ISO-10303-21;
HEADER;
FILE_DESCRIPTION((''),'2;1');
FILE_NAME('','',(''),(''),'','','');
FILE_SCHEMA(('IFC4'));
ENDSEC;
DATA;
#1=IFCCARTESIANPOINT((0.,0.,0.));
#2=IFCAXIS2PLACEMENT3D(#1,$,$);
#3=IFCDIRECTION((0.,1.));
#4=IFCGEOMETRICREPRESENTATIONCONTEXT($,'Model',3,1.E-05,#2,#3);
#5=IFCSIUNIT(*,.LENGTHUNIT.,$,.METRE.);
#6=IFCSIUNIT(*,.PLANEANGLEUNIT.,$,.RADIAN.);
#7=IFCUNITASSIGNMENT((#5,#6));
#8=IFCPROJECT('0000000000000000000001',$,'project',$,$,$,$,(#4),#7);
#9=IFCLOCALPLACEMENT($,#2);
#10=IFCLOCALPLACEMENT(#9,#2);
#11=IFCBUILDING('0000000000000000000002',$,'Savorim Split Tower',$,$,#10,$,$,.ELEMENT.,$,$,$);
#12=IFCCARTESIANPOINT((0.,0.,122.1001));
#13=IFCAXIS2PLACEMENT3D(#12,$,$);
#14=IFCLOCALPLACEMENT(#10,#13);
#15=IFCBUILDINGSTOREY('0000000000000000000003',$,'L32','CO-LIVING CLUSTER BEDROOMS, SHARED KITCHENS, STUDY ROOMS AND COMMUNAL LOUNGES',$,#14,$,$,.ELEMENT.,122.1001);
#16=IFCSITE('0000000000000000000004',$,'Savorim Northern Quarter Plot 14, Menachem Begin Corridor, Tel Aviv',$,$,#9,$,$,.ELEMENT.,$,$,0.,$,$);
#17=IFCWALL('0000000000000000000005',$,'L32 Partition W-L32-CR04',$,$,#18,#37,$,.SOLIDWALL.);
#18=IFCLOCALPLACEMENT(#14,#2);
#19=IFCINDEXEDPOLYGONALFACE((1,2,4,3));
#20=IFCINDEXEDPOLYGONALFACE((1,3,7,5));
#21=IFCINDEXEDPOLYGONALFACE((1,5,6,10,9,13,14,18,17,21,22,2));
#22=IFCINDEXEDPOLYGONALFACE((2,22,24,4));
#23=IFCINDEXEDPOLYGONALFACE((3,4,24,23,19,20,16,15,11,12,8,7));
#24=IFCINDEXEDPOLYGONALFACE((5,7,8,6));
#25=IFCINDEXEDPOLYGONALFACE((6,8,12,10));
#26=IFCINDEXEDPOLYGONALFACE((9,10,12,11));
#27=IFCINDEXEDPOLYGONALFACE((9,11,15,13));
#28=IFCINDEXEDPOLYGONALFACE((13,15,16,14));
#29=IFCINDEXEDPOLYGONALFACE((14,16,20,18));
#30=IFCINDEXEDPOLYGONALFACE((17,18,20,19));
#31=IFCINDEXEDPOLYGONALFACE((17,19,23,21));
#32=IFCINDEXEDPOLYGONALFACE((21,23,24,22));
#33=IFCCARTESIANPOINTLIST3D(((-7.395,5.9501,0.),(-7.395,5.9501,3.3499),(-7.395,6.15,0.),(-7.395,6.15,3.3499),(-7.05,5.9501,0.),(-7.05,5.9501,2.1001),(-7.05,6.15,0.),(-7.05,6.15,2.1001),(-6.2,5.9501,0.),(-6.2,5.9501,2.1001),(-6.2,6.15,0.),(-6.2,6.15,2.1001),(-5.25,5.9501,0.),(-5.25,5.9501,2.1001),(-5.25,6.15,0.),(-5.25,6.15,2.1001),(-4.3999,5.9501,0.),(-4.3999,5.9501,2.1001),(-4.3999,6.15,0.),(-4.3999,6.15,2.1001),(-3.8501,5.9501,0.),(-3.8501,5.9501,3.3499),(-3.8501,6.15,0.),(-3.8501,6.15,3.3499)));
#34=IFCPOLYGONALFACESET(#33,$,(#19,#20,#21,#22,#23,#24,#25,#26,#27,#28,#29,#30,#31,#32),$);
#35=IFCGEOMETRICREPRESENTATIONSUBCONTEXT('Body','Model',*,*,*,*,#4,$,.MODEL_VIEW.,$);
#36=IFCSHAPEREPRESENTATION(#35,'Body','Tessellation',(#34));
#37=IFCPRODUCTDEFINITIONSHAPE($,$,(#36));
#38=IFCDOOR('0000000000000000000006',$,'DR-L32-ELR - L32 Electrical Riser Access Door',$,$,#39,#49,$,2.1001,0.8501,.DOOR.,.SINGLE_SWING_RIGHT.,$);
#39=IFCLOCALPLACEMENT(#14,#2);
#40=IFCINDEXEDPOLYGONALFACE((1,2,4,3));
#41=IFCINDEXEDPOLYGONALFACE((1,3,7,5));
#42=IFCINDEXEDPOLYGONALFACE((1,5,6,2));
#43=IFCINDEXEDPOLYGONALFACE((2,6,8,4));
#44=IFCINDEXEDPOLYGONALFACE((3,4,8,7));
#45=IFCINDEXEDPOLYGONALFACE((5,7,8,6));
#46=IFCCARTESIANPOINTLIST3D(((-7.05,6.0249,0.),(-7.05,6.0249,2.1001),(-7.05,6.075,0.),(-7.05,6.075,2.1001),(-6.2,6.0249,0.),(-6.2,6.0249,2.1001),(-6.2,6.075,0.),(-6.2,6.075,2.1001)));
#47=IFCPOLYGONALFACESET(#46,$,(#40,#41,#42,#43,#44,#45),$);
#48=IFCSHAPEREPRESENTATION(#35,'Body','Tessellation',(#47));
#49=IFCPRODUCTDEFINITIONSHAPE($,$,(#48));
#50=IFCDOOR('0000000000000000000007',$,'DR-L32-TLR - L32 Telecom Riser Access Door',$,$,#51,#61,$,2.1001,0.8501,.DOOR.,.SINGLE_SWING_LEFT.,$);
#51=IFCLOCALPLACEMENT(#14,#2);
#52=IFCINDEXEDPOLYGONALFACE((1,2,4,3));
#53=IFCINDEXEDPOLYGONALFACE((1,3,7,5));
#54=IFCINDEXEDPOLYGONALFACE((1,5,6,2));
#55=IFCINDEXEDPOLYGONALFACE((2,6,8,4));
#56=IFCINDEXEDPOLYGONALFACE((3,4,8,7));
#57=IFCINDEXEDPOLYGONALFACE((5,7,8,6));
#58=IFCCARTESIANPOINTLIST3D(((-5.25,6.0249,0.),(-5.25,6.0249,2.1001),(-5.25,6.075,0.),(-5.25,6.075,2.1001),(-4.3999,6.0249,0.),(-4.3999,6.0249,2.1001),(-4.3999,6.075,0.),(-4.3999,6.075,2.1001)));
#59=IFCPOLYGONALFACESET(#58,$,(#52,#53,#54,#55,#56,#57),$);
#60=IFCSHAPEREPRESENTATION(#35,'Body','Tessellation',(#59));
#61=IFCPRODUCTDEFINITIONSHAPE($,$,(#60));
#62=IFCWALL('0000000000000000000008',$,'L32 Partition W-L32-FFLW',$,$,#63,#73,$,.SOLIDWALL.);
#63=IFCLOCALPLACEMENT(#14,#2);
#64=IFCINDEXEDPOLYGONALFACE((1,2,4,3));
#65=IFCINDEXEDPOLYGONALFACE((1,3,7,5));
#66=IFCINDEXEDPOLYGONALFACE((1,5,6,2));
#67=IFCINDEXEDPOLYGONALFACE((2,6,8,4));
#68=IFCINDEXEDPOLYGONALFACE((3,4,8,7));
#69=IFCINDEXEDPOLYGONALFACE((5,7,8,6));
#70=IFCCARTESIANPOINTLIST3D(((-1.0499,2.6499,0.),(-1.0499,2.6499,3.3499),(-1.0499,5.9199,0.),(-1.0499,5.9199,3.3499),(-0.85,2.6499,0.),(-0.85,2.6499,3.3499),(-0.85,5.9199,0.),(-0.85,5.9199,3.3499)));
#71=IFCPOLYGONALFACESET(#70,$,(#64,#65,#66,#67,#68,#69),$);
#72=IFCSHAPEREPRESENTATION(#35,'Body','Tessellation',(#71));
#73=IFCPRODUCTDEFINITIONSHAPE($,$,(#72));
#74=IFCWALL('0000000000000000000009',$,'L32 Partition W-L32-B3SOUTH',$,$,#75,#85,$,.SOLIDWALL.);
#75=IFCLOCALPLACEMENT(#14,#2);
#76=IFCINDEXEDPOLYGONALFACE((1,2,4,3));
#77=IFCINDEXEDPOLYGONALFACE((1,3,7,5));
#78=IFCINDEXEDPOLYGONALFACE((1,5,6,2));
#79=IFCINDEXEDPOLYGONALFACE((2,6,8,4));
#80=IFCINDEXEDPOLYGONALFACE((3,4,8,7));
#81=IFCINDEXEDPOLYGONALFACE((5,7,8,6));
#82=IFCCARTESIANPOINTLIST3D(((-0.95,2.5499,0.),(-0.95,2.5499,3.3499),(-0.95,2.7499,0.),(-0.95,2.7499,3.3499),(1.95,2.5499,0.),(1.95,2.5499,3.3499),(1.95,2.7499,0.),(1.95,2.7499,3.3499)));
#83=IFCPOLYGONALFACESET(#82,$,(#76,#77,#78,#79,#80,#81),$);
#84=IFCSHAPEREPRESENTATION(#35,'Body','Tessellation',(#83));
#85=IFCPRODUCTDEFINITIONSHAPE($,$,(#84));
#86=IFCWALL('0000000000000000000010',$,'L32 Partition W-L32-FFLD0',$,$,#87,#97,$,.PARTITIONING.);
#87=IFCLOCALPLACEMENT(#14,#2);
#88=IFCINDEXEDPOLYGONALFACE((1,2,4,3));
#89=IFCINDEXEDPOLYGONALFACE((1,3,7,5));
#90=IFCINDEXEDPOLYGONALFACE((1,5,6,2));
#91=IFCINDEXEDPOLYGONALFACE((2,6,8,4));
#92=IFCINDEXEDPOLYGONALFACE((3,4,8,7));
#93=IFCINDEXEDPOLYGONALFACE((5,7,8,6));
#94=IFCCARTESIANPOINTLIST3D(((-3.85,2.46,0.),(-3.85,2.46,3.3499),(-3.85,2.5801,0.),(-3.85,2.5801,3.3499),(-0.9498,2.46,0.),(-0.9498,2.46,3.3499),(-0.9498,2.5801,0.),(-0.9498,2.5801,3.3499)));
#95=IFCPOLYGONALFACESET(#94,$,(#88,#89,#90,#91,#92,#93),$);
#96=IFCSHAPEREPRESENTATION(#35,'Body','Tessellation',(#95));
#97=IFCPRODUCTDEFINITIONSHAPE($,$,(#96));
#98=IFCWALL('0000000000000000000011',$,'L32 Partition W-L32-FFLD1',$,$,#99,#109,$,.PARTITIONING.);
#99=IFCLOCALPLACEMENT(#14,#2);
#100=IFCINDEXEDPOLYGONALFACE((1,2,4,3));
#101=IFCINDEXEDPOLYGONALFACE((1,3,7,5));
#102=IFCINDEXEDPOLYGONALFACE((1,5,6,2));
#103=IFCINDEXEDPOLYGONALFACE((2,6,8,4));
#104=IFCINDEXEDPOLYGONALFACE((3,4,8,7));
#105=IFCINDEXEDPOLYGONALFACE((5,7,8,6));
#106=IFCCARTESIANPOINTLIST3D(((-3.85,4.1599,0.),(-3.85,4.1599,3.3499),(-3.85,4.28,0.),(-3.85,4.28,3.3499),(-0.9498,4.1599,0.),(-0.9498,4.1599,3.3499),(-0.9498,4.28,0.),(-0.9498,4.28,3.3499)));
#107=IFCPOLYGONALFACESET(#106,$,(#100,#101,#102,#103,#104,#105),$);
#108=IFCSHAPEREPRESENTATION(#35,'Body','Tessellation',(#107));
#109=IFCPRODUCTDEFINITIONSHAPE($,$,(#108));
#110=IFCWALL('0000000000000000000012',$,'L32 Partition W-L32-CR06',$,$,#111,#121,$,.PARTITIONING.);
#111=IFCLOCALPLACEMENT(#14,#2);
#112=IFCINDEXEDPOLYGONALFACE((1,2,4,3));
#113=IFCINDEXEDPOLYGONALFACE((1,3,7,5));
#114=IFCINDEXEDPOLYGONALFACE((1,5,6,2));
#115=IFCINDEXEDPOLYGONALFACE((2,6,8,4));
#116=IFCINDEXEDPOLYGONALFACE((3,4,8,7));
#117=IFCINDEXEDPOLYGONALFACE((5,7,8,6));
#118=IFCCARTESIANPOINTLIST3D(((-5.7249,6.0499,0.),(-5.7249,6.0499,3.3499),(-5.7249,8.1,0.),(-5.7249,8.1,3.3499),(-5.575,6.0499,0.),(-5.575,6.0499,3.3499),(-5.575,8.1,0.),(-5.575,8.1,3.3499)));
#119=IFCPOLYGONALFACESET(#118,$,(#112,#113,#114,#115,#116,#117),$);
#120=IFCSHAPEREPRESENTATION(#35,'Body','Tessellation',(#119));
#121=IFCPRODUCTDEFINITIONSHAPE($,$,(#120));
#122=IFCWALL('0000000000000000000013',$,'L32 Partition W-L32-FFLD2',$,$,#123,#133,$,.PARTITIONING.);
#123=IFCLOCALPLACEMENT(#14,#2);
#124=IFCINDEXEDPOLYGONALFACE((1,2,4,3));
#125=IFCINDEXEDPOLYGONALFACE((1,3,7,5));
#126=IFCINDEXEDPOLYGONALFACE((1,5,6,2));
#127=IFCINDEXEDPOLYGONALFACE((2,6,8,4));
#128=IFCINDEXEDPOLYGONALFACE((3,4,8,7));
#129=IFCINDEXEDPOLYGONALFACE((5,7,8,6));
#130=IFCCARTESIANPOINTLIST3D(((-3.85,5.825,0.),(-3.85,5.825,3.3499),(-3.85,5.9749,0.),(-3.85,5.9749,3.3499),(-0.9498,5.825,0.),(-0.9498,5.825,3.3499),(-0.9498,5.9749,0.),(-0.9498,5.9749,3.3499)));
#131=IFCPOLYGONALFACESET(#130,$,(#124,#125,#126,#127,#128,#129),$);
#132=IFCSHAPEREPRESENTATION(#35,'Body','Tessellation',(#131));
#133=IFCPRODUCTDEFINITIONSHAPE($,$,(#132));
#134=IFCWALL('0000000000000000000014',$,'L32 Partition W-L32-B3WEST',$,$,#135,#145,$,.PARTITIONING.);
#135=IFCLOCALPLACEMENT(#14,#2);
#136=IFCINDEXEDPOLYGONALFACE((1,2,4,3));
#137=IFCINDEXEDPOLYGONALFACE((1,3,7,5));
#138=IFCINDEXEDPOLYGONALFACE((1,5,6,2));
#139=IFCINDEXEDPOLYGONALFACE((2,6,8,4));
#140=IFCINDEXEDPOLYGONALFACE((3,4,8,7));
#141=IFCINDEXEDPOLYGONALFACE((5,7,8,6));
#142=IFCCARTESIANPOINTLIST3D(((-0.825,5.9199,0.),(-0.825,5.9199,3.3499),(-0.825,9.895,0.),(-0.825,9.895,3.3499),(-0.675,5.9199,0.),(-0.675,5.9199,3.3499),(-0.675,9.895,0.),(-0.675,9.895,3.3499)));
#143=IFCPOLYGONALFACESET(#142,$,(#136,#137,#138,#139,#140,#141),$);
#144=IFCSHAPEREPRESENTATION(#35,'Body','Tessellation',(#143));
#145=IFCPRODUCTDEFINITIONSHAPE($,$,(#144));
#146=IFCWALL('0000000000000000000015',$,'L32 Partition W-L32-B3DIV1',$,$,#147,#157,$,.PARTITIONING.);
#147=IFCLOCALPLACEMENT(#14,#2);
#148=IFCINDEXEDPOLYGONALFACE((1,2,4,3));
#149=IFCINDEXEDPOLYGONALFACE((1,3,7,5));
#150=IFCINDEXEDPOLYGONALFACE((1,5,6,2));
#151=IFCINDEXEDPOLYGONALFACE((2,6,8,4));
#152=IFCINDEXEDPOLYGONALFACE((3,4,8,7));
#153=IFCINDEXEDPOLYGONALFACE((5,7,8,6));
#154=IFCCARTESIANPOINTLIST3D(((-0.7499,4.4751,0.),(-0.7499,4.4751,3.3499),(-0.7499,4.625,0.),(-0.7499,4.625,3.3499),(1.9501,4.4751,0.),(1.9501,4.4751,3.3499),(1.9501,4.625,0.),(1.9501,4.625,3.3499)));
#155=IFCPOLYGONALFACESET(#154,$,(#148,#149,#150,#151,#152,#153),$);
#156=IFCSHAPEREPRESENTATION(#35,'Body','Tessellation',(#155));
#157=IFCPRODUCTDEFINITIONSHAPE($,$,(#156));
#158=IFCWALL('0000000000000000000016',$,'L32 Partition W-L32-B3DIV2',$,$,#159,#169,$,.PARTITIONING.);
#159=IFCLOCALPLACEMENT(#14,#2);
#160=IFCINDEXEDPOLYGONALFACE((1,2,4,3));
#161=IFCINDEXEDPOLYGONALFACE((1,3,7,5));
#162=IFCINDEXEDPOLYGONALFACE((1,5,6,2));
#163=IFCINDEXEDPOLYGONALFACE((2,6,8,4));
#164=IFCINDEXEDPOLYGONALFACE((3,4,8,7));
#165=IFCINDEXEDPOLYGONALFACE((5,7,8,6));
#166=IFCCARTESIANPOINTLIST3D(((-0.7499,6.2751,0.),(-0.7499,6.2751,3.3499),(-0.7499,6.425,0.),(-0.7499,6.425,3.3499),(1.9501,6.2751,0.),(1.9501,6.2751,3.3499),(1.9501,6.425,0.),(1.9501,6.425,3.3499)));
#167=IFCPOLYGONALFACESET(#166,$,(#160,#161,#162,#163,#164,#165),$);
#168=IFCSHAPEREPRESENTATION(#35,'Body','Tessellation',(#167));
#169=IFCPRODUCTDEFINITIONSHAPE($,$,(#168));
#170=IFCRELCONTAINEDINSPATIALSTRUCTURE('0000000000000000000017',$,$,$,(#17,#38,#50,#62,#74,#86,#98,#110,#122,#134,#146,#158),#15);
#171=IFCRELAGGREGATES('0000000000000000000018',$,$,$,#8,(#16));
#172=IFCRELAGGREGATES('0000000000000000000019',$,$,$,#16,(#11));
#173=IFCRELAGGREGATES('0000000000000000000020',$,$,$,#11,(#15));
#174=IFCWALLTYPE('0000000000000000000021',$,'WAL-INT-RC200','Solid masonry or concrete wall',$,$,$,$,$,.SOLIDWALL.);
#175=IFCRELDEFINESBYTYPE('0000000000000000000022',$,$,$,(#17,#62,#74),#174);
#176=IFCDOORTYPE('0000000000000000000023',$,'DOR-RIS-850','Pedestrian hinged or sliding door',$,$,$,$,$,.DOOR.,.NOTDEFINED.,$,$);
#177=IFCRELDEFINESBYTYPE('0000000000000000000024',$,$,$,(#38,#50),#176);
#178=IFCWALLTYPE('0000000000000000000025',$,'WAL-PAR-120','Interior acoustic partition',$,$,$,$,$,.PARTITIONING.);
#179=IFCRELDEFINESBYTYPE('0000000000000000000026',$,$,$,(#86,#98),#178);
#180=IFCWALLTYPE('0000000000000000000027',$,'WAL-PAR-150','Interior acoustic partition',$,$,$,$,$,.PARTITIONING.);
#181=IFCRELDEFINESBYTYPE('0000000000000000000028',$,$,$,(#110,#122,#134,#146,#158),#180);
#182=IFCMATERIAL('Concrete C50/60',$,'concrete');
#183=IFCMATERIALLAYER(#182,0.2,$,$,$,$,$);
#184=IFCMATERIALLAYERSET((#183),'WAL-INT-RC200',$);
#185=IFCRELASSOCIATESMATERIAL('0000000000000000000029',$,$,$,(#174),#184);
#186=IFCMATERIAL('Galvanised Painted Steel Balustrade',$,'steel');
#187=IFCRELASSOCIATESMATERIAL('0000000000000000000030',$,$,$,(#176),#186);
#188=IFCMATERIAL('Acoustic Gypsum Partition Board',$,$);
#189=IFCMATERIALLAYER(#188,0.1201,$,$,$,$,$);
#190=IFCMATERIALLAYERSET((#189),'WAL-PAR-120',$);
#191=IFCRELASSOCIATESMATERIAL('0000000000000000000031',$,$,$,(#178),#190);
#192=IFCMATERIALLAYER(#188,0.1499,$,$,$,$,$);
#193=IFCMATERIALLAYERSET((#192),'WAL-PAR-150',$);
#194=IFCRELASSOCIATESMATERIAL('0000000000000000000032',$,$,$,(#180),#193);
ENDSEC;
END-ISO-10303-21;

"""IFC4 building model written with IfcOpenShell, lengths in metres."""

from ifc_helpers import new_model, si_unit, direction, frame, frame_2d, origin, place, context, subcontext, project, spatial, rectangle, extrude, material, layer, layer_set, type_object, element, fill, save


model = new_model("IFC4")

# Units and contexts
model_context = context("Model", 3, precision=1e-05, world=origin(), true_north=direction((0.0, 1.0)))
body_context = subcontext(model_context, "Body", "Model", "MODEL_VIEW")
ifc_project = project(units=[si_unit("LENGTHUNIT", "METRE"), si_unit("PLANEANGLEUNIT", "RADIAN")], contexts=[model_context])

# Site, building, storey
site_placement = place(None, origin())
site = spatial("IfcSite", under=ifc_project, at=site_placement, Name="Savorim Northern Quarter Plot 14, Menachem Begin Corridor, Tel Aviv", CompositionType="ELEMENT", RefElevation=0.0)
building_placement = place(site_placement, origin())
building = spatial("IfcBuilding", under=site, at=building_placement, Name="Savorim Split Tower", CompositionType="ELEMENT")
storey_placement = place(building_placement, frame((0.0, 0.0, 122.1001)))
storey = spatial("IfcBuildingStorey", under=building, at=storey_placement, Name="L32", Description="CO-LIVING CLUSTER BEDROOMS, SHARED KITCHENS, STUDY ROOMS AND COMMUNAL LOUNGES", CompositionType="ELEMENT", Elevation=122.1001)

# Wall, openings, doors
ifc_material_1 = material(Name="Concrete C50/60", Category="concrete")
ifc_layer_1 = layer(ifc_material_1, 0.2)
ifc_layer_set_1 = layer_set([ifc_layer_1], Name="WAL-INT-RC200")
wall_type_1 = type_object("IfcWallType", Name="WAL-INT-RC200", Description="Solid masonry or concrete wall", PredefinedType="SOLIDWALL", material=ifc_layer_set_1)
wall_1_placement = place(storey_placement, frame((-7.395, 6.05, 0.0), z_axis=(0.0, 0.0, 1.0), x_axis=(1.0, 0.0, 0.0)))
wall_1 = element("IfcWall", 1, at=wall_1_placement, inside=storey, type_object=wall_type_1, Name="L32 Partition W-L32-CR04", PredefinedType="SOLIDWALL", context=body_context, shape_type="SweptSolid", body=[
    extrude(rectangle(XDim=3.5449, YDim=0.2, at=frame_2d((1.7725, 0.0))), origin(), (0.0, 0.0, 1.0), 3.3499),
])
opening_1_placement = place(wall_1_placement, frame((0.345, 0.0, 0.0)))
opening_1 = element("IfcOpeningElement", 2, at=opening_1_placement, cuts=wall_1, PredefinedType="OPENING", context=body_context, shape_type="SweptSolid", body=[
    extrude(rectangle(XDim=0.8501, YDim=2.1001, at=frame_2d((0.425, 1.05))), frame((0.0, 0.1099, 0.0), z_axis=(0.0, -1.0, 0.0), x_axis=(1.0, 0.0, 0.0)), (0.0, 0.0, 1.0), 0.22),
])
opening_2_placement = place(wall_1_placement, frame((2.145, 0.0, 0.0)))
opening_2 = element("IfcOpeningElement", 3, at=opening_2_placement, cuts=wall_1, PredefinedType="OPENING", context=body_context, shape_type="SweptSolid", body=[
    extrude(rectangle(XDim=0.8501, YDim=2.1001, at=frame_2d((0.425, 1.05))), frame((0.0, 0.1099, 0.0), z_axis=(0.0, -1.0, 0.0), x_axis=(1.0, 0.0, 0.0)), (0.0, 0.0, 1.0), 0.22),
])
ifc_material_2 = material(Name="Galvanised Painted Steel Balustrade", Category="steel")
door_type = type_object("IfcDoorType", Name="DOR-RIS-850", Description="Pedestrian hinged or sliding door", OperationType="NOTDEFINED", PredefinedType="DOOR", material=ifc_material_2)
door_1_placement = place(opening_1_placement, origin())
door_1 = element("IfcDoor", 4, at=door_1_placement, inside=storey, type_object=door_type, Name="DR-L32-ELR - L32 Electrical Riser Access Door", OperationType="SINGLE_SWING_RIGHT", OverallHeight=2.1001, OverallWidth=0.8501, PredefinedType="DOOR", context=body_context, shape_type="SweptSolid", body=[
    extrude(rectangle(XDim=0.8501, YDim=2.1001, at=frame_2d((0.425, 1.05))), frame((0.0, 0.0249, 0.0), z_axis=(0.0, -1.0, 0.0), x_axis=(1.0, 0.0, 0.0)), (0.0, 0.0, 1.0), 0.05),
])
fill(opening_1, door_1)
door_2_placement = place(opening_2_placement, origin())
door_2 = element("IfcDoor", 5, at=door_2_placement, inside=storey, type_object=door_type, Name="DR-L32-TLR - L32 Telecom Riser Access Door", OperationType="SINGLE_SWING_LEFT", OverallHeight=2.1001, OverallWidth=0.8501, PredefinedType="DOOR", context=body_context, shape_type="SweptSolid", body=[
    extrude(rectangle(XDim=0.8501, YDim=2.1001, at=frame_2d((0.425, 1.05))), frame((0.0, 0.0249, 0.0), z_axis=(0.0, -1.0, 0.0), x_axis=(1.0, 0.0, 0.0)), (0.0, 0.0, 1.0), 0.05),
])
fill(opening_2, door_2)

# Walls
wall_2_placement = place(storey_placement, frame((-0.95, 2.6499, 0.0), z_axis=(0.0, 0.0, 1.0), x_axis=(0.0, 1.0, 0.0)))
element("IfcWall", 6, at=wall_2_placement, inside=storey, type_object=wall_type_1, Name="L32 Partition W-L32-FFLW", PredefinedType="SOLIDWALL", context=body_context, shape_type="SweptSolid", body=[
    extrude(rectangle(XDim=3.27, YDim=0.2, at=frame_2d((1.635, 0.0))), origin(), (0.0, 0.0, 1.0), 3.3499),
])
wall_3_placement = place(storey_placement, frame((-0.95, 2.6499, 0.0), z_axis=(0.0, 0.0, 1.0), x_axis=(1.0, 0.0, 0.0)))
element("IfcWall", 7, at=wall_3_placement, inside=storey, type_object=wall_type_1, Name="L32 Partition W-L32-B3SOUTH", PredefinedType="SOLIDWALL", context=body_context, shape_type="SweptSolid", body=[
    extrude(rectangle(XDim=2.8999, YDim=0.2, at=frame_2d((1.45, 0.0))), origin(), (0.0, 0.0, 1.0), 3.3499),
])
ifc_material_3 = material(Name="Acoustic Gypsum Partition Board")
ifc_layer_2 = layer(ifc_material_3, 0.1201)
ifc_layer_set_2 = layer_set([ifc_layer_2], Name="WAL-PAR-120")
wall_type_2 = type_object("IfcWallType", Name="WAL-PAR-120", Description="Interior acoustic partition", PredefinedType="PARTITIONING", material=ifc_layer_set_2)
for number, where, z_axis, x_axis, name in (
    (8, (-3.8501, 2.52, 0.0), (0.0, 0.0, 1.0), (1.0, 0.0, 0.0), "L32 Partition W-L32-FFLD0"),
    (9, (-3.8501, 4.22, 0.0), (0.0, 0.0, 1.0), (1.0, 0.0, 0.0), "L32 Partition W-L32-FFLD1"),
):
    element("IfcWall", number, at=place(storey_placement, frame(where, z_axis=z_axis, x_axis=x_axis)), inside=storey, type_object=wall_type_2, Name=name, PredefinedType="PARTITIONING", context=body_context, shape_type="SweptSolid", body=[
        extrude(rectangle(XDim=2.9001, YDim=0.1201, at=frame_2d((1.4502, 0.0))), origin(), (0.0, 0.0, 1.0), 3.3499),
    ])
ifc_layer_3 = layer(ifc_material_3, 0.1499)
ifc_layer_set_3 = layer_set([ifc_layer_3], Name="WAL-PAR-150")
wall_type_3 = type_object("IfcWallType", Name="WAL-PAR-150", Description="Interior acoustic partition", PredefinedType="PARTITIONING", material=ifc_layer_set_3)
wall_4_placement = place(storey_placement, frame((-5.6499, 6.05, 0.0), z_axis=(0.0, 0.0, 1.0), x_axis=(0.0, 1.0, 0.0)))
element("IfcWall", 10, at=wall_4_placement, inside=storey, type_object=wall_type_3, Name="L32 Partition W-L32-CR06", PredefinedType="PARTITIONING", context=body_context, shape_type="SweptSolid", body=[
    extrude(rectangle(XDim=2.05, YDim=0.1499, at=frame_2d((1.0249, 0.0))), origin(), (0.0, 0.0, 1.0), 3.3499),
])
wall_5_placement = place(storey_placement, frame((-3.8501, 5.8999, 0.0), z_axis=(0.0, 0.0, 1.0), x_axis=(1.0, 0.0, 0.0)))
element("IfcWall", 11, at=wall_5_placement, inside=storey, type_object=wall_type_3, Name="L32 Partition W-L32-FFLD2", PredefinedType="PARTITIONING", context=body_context, shape_type="SweptSolid", body=[
    extrude(rectangle(XDim=2.9001, YDim=0.1499, at=frame_2d((1.4502, 0.0))), origin(), (0.0, 0.0, 1.0), 3.3499),
])
wall_6_placement = place(storey_placement, frame((-0.75, 5.9199, 0.0), z_axis=(0.0, 0.0, 1.0), x_axis=(0.0, 1.0, 0.0)))
element("IfcWall", 12, at=wall_6_placement, inside=storey, type_object=wall_type_3, Name="L32 Partition W-L32-B3WEST", PredefinedType="PARTITIONING", context=body_context, shape_type="SweptSolid", body=[
    extrude(rectangle(XDim=3.9751, YDim=0.1499, at=frame_2d((1.9875, 0.0))), origin(), (0.0, 0.0, 1.0), 3.3499),
])
for number, where, z_axis, x_axis, name in (
    (13, (-0.75, 4.55, 0.0), (0.0, 0.0, 1.0), (1.0, 0.0, 0.0), "L32 Partition W-L32-B3DIV1"),
    (14, (-0.75, 6.3501, 0.0), (0.0, 0.0, 1.0), (1.0, 0.0, 0.0), "L32 Partition W-L32-B3DIV2"),
):
    element("IfcWall", number, at=place(storey_placement, frame(where, z_axis=z_axis, x_axis=x_axis)), inside=storey, type_object=wall_type_3, Name=name, PredefinedType="PARTITIONING", context=body_context, shape_type="SweptSolid", body=[
        extrude(rectangle(XDim=2.7, YDim=0.1499, at=frame_2d((1.3501, 0.0))), origin(), (0.0, 0.0, 1.0), 3.3499),
    ])

save(model, "model.ifc")
